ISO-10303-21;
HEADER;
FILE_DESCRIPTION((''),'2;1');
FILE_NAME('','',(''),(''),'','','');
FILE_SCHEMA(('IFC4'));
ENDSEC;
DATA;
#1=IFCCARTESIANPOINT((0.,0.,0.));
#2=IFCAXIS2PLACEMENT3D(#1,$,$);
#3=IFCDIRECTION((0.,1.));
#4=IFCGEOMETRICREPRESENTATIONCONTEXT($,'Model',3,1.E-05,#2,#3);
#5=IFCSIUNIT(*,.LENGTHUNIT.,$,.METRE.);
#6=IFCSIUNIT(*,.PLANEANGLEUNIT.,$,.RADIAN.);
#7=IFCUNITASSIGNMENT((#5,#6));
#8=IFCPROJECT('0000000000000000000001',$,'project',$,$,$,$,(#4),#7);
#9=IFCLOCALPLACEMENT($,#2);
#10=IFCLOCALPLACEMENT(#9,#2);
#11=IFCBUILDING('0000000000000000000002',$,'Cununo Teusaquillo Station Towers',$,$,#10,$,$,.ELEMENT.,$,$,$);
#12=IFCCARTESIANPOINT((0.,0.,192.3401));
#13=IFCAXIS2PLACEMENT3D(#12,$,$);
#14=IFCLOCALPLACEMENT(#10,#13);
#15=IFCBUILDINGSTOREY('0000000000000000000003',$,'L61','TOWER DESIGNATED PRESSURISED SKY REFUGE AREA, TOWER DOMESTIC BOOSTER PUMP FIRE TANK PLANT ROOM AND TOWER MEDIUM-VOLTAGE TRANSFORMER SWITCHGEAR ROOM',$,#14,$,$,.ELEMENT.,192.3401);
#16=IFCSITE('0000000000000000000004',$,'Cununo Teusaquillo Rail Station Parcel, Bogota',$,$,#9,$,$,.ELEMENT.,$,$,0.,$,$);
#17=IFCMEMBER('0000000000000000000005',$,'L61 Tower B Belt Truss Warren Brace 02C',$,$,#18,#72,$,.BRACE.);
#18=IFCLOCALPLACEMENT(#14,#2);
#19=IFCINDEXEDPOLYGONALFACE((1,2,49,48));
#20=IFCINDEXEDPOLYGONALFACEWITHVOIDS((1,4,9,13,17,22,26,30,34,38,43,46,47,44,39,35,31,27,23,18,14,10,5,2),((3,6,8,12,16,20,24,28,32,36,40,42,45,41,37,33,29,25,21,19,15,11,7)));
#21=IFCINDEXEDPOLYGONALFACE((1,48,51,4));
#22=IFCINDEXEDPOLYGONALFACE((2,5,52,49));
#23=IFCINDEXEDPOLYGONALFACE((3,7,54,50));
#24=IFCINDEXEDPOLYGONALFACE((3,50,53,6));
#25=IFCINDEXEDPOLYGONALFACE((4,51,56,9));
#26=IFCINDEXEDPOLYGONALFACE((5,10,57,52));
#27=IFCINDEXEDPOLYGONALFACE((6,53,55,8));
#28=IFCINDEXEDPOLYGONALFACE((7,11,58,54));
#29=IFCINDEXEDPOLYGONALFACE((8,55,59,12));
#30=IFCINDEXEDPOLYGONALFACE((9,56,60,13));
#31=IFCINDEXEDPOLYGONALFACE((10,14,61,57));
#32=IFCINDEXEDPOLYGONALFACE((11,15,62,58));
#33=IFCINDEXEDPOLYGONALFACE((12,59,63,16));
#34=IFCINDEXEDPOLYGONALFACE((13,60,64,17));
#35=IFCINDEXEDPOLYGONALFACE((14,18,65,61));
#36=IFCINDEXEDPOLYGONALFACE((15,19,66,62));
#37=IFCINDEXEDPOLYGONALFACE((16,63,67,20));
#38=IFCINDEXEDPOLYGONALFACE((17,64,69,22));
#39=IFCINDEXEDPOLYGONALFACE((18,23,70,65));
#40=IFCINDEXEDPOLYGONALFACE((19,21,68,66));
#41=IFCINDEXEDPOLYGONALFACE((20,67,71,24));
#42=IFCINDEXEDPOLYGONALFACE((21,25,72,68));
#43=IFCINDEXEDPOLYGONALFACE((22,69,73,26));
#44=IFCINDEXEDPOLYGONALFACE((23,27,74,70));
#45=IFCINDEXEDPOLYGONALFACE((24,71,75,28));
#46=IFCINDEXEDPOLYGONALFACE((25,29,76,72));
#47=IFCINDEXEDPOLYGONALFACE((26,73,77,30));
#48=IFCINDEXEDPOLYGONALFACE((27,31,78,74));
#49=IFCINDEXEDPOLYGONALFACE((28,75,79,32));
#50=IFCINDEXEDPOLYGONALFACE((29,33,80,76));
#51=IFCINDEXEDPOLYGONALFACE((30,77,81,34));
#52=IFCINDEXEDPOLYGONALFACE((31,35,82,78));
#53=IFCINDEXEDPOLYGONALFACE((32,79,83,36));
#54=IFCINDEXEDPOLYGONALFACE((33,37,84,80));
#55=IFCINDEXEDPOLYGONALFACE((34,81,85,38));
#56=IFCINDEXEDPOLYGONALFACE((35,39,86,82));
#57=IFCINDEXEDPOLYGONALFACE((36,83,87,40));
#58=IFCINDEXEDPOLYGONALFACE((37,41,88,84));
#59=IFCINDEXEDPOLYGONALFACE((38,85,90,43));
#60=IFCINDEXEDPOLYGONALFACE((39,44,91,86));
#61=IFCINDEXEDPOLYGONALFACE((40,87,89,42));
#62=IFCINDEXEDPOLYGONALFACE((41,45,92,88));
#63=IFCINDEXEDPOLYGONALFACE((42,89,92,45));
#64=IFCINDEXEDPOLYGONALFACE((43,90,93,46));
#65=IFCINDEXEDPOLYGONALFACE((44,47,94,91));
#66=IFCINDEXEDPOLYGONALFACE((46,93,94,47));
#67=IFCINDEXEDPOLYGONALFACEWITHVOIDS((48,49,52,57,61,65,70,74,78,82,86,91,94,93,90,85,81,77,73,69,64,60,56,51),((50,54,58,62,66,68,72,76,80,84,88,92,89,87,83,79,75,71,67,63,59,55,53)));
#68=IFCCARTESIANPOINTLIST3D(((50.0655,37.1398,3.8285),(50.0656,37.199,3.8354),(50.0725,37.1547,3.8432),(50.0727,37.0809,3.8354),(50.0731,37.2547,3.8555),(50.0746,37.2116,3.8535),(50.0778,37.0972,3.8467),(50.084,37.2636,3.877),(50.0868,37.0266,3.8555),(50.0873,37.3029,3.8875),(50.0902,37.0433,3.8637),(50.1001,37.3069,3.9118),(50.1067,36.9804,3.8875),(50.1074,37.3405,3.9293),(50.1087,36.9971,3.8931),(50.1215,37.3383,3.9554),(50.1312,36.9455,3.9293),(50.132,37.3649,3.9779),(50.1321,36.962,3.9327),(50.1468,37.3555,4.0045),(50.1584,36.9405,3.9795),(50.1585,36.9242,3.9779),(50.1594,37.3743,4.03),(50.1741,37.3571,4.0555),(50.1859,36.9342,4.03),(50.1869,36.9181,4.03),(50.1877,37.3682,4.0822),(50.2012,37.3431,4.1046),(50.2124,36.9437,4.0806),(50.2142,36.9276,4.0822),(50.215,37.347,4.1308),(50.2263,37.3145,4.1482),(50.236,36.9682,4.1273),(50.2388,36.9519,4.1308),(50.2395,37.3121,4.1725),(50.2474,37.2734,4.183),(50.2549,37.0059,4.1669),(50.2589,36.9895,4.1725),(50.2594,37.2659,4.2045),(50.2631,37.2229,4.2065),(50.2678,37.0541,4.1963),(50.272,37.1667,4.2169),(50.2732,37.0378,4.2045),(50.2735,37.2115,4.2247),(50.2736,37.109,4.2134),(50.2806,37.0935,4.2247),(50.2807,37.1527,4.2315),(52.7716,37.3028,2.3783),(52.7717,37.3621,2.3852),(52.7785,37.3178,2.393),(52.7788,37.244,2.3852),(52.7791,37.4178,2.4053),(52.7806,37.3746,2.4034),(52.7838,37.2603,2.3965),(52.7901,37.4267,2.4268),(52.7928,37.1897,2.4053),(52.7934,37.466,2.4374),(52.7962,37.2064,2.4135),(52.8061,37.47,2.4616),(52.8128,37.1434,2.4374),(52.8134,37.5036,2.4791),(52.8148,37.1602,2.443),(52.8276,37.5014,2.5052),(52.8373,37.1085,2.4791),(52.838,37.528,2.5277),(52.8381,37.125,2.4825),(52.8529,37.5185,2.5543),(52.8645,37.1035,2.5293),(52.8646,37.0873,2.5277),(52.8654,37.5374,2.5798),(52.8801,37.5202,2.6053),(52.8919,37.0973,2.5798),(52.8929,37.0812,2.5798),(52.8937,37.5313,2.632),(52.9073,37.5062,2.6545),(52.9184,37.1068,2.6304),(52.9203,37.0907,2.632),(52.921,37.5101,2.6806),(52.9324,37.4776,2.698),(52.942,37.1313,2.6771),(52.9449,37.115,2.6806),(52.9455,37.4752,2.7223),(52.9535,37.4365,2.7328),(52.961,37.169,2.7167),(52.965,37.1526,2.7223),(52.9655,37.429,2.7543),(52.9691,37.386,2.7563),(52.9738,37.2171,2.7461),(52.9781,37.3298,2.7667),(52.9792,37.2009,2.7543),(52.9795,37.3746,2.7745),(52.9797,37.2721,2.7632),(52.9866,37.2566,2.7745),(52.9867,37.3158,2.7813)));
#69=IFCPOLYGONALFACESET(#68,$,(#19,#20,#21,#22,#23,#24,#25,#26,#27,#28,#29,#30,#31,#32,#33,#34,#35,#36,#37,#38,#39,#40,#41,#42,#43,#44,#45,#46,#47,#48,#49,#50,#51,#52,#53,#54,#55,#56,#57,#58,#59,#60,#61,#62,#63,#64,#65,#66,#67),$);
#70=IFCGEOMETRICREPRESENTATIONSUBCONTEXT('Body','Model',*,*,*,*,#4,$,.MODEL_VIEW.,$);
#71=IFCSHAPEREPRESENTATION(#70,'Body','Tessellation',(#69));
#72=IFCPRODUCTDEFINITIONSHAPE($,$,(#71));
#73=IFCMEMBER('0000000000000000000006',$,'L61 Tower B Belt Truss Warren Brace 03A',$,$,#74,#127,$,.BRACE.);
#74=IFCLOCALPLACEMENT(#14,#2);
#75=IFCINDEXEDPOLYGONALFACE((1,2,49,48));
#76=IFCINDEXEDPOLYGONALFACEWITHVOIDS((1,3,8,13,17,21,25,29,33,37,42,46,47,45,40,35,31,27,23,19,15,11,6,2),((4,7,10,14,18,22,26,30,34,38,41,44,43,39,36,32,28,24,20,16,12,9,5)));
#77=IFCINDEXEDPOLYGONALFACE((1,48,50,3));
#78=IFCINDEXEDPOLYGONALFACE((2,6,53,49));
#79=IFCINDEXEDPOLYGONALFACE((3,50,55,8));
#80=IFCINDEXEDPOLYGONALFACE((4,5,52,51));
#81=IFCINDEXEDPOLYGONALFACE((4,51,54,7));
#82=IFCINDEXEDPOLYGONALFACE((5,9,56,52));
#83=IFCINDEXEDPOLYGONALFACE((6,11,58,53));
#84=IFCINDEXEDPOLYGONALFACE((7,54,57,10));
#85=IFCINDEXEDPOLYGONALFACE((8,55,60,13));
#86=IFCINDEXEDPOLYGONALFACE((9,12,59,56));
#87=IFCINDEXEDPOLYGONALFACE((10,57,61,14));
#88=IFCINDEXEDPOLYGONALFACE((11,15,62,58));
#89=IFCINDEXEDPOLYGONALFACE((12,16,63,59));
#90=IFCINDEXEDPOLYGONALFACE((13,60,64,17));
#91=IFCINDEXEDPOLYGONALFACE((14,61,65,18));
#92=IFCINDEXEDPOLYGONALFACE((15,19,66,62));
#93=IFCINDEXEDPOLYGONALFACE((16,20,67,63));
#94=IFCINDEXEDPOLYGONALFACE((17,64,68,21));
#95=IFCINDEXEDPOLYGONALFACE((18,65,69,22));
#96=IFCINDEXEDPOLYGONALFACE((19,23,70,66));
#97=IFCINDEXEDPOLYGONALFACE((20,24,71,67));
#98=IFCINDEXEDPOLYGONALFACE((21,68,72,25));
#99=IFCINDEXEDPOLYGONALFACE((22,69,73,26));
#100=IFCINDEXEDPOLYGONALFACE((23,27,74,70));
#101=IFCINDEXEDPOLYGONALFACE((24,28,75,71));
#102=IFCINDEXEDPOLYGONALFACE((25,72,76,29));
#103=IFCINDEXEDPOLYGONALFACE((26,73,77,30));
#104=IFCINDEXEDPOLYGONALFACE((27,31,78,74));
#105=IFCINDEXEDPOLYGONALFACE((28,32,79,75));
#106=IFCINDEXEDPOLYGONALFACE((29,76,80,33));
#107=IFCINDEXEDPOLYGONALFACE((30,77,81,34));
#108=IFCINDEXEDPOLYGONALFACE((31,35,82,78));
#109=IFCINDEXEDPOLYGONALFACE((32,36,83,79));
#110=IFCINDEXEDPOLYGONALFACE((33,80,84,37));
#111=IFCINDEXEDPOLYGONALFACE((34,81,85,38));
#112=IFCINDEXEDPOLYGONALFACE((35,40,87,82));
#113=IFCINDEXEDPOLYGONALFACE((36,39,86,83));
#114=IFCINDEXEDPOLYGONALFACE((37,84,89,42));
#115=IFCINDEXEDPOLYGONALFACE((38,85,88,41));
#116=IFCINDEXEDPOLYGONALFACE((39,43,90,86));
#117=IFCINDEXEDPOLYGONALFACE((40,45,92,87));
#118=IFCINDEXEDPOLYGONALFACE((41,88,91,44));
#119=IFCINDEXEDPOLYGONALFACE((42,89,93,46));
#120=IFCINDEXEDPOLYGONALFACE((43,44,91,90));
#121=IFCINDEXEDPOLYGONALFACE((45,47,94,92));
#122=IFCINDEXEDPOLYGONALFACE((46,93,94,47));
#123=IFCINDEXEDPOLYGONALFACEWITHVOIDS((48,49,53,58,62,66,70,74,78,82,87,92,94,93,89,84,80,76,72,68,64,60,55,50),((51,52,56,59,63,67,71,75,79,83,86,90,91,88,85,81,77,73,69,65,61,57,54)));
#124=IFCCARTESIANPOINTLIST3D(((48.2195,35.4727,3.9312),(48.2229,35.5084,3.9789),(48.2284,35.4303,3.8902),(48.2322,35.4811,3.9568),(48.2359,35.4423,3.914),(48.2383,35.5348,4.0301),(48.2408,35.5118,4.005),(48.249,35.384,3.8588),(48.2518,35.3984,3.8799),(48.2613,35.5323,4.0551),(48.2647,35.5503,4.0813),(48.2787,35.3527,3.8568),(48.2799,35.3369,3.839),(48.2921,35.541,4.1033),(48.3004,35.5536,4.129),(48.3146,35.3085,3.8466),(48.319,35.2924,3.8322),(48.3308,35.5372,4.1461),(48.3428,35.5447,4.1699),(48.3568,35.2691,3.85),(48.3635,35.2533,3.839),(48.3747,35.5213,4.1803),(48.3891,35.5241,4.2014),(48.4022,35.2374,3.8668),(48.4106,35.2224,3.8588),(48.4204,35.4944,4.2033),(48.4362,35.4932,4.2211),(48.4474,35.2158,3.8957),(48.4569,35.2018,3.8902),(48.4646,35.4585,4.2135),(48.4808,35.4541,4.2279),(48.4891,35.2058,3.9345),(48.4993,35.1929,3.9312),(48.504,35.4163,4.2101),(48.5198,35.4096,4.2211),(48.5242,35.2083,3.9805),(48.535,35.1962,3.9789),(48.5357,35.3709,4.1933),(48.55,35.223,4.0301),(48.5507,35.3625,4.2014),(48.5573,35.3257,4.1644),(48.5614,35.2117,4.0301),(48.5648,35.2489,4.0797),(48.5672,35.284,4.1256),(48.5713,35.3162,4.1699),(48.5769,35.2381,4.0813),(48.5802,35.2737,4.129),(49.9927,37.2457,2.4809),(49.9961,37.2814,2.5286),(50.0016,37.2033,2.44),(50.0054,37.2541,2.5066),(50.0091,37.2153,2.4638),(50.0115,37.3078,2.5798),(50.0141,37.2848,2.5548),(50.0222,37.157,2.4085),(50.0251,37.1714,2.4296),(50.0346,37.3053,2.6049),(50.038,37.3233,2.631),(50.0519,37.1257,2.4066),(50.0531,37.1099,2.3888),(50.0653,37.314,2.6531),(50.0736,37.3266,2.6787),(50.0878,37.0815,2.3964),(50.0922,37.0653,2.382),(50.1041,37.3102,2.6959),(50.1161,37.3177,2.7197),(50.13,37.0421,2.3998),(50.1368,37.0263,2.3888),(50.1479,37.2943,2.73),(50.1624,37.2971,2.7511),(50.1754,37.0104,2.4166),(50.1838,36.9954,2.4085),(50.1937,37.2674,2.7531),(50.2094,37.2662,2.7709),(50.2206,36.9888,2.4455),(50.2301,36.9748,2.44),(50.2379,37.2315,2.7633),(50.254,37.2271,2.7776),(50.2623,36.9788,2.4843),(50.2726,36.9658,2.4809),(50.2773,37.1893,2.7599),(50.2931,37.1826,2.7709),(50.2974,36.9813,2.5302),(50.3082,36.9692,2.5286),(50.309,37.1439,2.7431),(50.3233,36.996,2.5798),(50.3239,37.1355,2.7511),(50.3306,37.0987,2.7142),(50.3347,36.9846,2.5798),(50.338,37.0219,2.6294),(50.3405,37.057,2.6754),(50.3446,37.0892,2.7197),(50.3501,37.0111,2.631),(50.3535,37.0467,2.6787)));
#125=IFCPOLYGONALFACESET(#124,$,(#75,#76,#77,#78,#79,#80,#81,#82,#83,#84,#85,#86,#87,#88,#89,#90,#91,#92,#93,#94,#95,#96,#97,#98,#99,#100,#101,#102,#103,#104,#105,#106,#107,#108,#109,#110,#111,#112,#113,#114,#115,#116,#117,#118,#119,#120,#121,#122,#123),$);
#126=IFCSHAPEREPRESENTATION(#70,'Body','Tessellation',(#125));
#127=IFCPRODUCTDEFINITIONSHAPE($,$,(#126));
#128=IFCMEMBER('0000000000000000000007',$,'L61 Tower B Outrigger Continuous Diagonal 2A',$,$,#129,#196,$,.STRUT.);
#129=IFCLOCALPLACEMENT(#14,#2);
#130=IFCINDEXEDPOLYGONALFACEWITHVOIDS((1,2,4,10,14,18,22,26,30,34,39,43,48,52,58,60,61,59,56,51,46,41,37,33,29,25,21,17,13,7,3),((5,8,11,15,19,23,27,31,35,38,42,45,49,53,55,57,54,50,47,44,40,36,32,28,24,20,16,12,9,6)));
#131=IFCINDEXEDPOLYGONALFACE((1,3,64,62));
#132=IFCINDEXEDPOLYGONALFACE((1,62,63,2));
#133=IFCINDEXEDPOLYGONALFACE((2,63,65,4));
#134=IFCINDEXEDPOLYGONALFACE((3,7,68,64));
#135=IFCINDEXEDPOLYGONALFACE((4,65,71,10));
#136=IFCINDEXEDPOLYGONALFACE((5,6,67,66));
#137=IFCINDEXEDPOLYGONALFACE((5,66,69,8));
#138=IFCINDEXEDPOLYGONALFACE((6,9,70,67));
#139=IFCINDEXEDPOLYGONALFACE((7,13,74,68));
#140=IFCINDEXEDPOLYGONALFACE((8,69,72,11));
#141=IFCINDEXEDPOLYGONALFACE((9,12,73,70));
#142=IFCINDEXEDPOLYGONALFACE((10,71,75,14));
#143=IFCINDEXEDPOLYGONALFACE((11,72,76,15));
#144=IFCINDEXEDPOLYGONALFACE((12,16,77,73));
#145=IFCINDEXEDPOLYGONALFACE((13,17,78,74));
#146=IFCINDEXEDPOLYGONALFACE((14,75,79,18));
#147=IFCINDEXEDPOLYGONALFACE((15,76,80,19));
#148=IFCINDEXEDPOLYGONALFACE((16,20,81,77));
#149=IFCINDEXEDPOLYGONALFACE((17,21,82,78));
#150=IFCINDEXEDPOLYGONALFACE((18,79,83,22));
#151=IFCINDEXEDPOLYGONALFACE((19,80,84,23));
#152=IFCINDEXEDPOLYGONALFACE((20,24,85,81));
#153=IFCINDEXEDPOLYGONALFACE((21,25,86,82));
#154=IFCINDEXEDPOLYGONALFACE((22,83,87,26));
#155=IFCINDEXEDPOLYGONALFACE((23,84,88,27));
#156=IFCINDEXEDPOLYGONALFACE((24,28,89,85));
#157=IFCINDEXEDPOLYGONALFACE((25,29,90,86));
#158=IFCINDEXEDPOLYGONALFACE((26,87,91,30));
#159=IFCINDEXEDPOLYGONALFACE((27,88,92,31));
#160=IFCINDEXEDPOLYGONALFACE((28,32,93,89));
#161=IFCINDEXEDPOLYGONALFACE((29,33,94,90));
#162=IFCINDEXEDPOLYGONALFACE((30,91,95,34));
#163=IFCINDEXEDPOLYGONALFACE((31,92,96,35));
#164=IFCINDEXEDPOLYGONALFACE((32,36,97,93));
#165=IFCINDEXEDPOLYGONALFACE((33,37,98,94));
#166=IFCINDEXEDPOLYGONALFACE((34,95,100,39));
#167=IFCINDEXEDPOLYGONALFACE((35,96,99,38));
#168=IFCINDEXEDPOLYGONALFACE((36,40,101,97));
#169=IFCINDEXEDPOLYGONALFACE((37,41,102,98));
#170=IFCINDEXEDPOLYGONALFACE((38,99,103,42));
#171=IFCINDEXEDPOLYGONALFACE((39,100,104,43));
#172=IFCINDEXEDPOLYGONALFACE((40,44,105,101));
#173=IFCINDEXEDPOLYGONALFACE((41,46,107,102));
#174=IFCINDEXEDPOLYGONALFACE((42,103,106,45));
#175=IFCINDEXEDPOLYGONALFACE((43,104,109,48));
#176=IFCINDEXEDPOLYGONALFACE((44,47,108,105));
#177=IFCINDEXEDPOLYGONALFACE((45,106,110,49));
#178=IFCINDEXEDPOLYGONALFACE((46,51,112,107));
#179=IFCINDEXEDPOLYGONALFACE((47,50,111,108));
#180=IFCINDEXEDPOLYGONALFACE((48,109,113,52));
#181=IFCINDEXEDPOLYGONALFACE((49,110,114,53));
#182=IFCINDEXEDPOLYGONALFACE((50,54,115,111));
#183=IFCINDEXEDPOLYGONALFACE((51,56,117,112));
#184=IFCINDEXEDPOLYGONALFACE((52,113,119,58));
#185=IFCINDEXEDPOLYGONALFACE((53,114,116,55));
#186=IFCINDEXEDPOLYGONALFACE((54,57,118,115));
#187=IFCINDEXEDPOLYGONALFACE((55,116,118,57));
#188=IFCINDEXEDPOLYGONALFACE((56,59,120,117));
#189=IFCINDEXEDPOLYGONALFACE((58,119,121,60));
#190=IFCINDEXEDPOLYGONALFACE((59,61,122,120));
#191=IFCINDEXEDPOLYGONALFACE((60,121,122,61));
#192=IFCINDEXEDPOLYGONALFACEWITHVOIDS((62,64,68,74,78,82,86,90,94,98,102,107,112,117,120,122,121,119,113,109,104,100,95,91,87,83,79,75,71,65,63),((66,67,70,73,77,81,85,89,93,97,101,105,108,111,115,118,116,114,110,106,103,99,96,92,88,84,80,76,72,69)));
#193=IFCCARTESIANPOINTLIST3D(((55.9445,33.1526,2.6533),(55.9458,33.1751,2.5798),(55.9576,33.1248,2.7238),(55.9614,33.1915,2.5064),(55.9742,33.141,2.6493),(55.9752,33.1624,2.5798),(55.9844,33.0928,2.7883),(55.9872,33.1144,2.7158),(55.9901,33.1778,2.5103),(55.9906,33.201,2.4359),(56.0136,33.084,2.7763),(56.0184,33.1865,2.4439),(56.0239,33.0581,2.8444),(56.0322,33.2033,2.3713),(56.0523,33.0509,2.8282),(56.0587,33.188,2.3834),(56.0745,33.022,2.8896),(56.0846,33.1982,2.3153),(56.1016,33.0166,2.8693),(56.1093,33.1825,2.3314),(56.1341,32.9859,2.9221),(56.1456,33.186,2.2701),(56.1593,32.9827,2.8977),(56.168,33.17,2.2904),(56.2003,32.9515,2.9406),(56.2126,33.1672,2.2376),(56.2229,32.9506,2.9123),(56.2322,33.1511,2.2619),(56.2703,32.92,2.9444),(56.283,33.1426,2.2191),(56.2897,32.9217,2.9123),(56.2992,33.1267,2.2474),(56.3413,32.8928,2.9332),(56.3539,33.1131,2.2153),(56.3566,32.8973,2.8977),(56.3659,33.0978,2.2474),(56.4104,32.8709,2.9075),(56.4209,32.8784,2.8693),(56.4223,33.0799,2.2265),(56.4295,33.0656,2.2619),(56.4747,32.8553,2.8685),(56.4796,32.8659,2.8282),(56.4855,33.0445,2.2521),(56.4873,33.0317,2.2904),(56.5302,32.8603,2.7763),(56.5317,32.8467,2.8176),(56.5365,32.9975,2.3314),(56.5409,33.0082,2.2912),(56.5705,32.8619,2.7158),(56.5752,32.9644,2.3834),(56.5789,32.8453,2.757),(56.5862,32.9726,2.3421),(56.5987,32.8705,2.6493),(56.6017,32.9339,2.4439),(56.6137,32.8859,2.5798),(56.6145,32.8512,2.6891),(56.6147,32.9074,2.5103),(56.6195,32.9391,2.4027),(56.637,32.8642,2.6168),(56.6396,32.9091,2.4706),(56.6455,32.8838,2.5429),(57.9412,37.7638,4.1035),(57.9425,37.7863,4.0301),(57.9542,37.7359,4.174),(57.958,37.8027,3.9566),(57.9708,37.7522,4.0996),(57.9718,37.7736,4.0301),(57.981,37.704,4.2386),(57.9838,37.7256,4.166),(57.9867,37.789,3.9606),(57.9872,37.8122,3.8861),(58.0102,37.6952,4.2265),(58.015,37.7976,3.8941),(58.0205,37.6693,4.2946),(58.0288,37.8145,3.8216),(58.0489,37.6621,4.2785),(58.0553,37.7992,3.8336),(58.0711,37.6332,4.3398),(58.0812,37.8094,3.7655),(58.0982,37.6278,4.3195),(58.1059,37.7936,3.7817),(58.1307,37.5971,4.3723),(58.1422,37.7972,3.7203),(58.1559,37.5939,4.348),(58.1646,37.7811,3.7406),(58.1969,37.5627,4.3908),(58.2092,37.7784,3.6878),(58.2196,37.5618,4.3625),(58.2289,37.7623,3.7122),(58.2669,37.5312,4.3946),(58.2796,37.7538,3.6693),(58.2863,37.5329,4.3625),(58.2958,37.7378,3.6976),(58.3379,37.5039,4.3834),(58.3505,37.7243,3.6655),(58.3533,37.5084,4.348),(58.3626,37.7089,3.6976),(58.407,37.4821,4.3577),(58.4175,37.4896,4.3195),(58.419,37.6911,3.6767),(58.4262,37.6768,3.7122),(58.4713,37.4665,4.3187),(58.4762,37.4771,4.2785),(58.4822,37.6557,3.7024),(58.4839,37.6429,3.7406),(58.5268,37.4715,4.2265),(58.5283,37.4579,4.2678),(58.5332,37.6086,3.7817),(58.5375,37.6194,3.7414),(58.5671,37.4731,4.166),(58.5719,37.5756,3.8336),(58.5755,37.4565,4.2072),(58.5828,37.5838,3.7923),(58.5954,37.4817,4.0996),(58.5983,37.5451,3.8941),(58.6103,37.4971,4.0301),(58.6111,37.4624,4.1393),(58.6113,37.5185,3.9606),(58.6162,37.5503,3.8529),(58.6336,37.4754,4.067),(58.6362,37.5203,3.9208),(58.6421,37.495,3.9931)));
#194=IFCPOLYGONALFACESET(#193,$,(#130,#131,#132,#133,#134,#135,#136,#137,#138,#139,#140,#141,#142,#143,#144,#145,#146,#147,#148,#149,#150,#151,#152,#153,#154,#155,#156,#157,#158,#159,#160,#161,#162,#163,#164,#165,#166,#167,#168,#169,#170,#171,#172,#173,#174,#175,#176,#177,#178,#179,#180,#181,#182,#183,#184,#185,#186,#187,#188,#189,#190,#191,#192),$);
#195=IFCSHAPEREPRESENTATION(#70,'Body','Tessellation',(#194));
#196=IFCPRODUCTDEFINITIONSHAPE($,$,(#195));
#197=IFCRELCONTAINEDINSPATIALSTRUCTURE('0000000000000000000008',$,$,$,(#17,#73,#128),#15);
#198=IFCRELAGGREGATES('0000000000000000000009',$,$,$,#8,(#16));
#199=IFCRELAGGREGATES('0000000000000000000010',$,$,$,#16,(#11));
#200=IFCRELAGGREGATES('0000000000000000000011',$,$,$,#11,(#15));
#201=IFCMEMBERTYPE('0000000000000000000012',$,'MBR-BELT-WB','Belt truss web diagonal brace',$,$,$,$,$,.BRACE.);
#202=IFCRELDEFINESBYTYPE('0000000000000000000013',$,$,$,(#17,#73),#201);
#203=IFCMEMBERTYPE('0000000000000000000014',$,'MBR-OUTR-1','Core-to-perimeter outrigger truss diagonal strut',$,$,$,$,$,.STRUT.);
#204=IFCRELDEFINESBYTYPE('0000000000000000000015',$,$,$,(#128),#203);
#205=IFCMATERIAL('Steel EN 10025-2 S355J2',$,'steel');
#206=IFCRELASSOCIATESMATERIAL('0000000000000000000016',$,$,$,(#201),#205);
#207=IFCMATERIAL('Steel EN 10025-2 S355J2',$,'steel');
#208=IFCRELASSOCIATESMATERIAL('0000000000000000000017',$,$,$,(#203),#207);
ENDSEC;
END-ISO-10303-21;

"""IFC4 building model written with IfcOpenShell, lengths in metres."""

from ifc_helpers import new_model, si_unit, direction, frame, origin, origin_2d, place, context, subcontext, project, spatial, hollow_circle, extrude, material, material_profile, profile_set, type_object, element, save


model = new_model("IFC4")

# Units and contexts
model_context = context("Model", 3, precision=1e-05, world=origin(), true_north=direction((0.0, 1.0)))
body_context = subcontext(model_context, "Body", "Model", "MODEL_VIEW")
ifc_project = project(units=[si_unit("LENGTHUNIT", "METRE"), si_unit("PLANEANGLEUNIT", "RADIAN")], contexts=[model_context])

# Site, building, storey
site_placement = place(None, origin())
site = spatial("IfcSite", under=ifc_project, at=site_placement, Name="Cununo Teusaquillo Rail Station Parcel, Bogota", CompositionType="ELEMENT", RefElevation=0.0)
building_placement = place(site_placement, origin())
building = spatial("IfcBuilding", under=site, at=building_placement, Name="Cununo Teusaquillo Station Towers", CompositionType="ELEMENT")
storey_placement = place(building_placement, frame((0.0, 0.0, 192.3401)))
storey = spatial("IfcBuildingStorey", under=building, at=storey_placement, Name="L61", Description="TOWER DESIGNATED PRESSURISED SKY REFUGE AREA, TOWER DOMESTIC BOOSTER PUMP FIRE TANK PLANT ROOM AND TOWER MEDIUM-VOLTAGE TRANSFORMER SWITCHGEAR ROOM", CompositionType="ELEMENT", Elevation=192.3401)

# Members
ifc_material_1 = material(Name="Steel EN 10025-2 S355J2", Category="steel")
ifc_material_profile_1 = material_profile(ifc_material_1, hollow_circle(Radius=0.2285, WallThickness=0.0161, at=origin_2d()), Name="CHS 457x16")
ifc_profile_set_1 = profile_set([ifc_material_profile_1], Name="Steel EN 10025-2 S355J2")
member_type_1 = type_object("IfcMemberType", Name="MBR-BELT-WB", Description="Belt truss web diagonal brace", PredefinedType="BRACE", material=ifc_profile_set_1)
for number, where, z_axis, x_axis, name in (
    (1, (52.8792, 37.3093, 2.5798), (-0.880168, -0.053045, 0.471689), (0.060158, -0.998189, 0.0), "L61 Tower B Belt Truss Warren Brace 02C"),
):
    element("IfcMember", number, at=place(storey_placement, frame(where, z_axis=z_axis, x_axis=x_axis)), inside=storey, type_object=member_type_1, Name=name, PredefinedType="BRACE", context=body_context, shape_type="SweptSolid", body=[
        extrude(hollow_circle(Radius=0.2285, WallThickness=0.0161, at=origin_2d()), origin(), (0.0, 0.0, 1.0), 3.0745),
    ])
member_1_placement = place(storey_placement, frame((50.1731, 37.1462, 2.5798), z_axis=(-0.612151, -0.612067, 0.500644), x_axis=(0.707058, -0.707155, 0.0)))
element("IfcMember", 2, at=member_1_placement, inside=storey, type_object=member_type_1, Name="L61 Tower B Belt Truss Warren Brace 03A", PredefinedType="BRACE", context=body_context, shape_type="SweptSolid", body=[
    extrude(hollow_circle(Radius=0.2285, WallThickness=0.0161, at=origin_2d()), origin(), (0.0, 0.0, 1.0), 2.8967),
])
ifc_material_2 = material(Name="Steel EN 10025-2 S355J2", Category="steel")
ifc_material_profile_2 = material_profile(ifc_material_2, hollow_circle(Radius=0.3799, WallThickness=0.032, at=origin_2d()), Name="CHS 760x32")
ifc_profile_set_2 = profile_set([ifc_material_profile_2], Name="Steel EN 10025-2 S355J2")
member_type_2 = type_object("IfcMemberType", Name="MBR-OUTR-1", Description="Core-to-perimeter outrigger truss diagonal strut", PredefinedType="STRUT", material=ifc_profile_set_2)
member_2_placement = place(storey_placement, frame((56.2944, 33.0242, 2.5798), z_axis=(0.381765, 0.881683, 0.277291), x_axis=(-0.917668, 0.397347, 0.0)))
element("IfcMember", 3, at=member_2_placement, inside=storey, type_object=member_type_2, Name="L61 Tower B Outrigger Continuous Diagonal 2A", PredefinedType="STRUT", context=body_context, shape_type="SweptSolid", body=[
    extrude(hollow_circle(Radius=0.3799, WallThickness=0.032, at=origin_2d()), origin(), (0.0, 0.0, 1.0), 5.23),
])

save(model, "model.ifc")
